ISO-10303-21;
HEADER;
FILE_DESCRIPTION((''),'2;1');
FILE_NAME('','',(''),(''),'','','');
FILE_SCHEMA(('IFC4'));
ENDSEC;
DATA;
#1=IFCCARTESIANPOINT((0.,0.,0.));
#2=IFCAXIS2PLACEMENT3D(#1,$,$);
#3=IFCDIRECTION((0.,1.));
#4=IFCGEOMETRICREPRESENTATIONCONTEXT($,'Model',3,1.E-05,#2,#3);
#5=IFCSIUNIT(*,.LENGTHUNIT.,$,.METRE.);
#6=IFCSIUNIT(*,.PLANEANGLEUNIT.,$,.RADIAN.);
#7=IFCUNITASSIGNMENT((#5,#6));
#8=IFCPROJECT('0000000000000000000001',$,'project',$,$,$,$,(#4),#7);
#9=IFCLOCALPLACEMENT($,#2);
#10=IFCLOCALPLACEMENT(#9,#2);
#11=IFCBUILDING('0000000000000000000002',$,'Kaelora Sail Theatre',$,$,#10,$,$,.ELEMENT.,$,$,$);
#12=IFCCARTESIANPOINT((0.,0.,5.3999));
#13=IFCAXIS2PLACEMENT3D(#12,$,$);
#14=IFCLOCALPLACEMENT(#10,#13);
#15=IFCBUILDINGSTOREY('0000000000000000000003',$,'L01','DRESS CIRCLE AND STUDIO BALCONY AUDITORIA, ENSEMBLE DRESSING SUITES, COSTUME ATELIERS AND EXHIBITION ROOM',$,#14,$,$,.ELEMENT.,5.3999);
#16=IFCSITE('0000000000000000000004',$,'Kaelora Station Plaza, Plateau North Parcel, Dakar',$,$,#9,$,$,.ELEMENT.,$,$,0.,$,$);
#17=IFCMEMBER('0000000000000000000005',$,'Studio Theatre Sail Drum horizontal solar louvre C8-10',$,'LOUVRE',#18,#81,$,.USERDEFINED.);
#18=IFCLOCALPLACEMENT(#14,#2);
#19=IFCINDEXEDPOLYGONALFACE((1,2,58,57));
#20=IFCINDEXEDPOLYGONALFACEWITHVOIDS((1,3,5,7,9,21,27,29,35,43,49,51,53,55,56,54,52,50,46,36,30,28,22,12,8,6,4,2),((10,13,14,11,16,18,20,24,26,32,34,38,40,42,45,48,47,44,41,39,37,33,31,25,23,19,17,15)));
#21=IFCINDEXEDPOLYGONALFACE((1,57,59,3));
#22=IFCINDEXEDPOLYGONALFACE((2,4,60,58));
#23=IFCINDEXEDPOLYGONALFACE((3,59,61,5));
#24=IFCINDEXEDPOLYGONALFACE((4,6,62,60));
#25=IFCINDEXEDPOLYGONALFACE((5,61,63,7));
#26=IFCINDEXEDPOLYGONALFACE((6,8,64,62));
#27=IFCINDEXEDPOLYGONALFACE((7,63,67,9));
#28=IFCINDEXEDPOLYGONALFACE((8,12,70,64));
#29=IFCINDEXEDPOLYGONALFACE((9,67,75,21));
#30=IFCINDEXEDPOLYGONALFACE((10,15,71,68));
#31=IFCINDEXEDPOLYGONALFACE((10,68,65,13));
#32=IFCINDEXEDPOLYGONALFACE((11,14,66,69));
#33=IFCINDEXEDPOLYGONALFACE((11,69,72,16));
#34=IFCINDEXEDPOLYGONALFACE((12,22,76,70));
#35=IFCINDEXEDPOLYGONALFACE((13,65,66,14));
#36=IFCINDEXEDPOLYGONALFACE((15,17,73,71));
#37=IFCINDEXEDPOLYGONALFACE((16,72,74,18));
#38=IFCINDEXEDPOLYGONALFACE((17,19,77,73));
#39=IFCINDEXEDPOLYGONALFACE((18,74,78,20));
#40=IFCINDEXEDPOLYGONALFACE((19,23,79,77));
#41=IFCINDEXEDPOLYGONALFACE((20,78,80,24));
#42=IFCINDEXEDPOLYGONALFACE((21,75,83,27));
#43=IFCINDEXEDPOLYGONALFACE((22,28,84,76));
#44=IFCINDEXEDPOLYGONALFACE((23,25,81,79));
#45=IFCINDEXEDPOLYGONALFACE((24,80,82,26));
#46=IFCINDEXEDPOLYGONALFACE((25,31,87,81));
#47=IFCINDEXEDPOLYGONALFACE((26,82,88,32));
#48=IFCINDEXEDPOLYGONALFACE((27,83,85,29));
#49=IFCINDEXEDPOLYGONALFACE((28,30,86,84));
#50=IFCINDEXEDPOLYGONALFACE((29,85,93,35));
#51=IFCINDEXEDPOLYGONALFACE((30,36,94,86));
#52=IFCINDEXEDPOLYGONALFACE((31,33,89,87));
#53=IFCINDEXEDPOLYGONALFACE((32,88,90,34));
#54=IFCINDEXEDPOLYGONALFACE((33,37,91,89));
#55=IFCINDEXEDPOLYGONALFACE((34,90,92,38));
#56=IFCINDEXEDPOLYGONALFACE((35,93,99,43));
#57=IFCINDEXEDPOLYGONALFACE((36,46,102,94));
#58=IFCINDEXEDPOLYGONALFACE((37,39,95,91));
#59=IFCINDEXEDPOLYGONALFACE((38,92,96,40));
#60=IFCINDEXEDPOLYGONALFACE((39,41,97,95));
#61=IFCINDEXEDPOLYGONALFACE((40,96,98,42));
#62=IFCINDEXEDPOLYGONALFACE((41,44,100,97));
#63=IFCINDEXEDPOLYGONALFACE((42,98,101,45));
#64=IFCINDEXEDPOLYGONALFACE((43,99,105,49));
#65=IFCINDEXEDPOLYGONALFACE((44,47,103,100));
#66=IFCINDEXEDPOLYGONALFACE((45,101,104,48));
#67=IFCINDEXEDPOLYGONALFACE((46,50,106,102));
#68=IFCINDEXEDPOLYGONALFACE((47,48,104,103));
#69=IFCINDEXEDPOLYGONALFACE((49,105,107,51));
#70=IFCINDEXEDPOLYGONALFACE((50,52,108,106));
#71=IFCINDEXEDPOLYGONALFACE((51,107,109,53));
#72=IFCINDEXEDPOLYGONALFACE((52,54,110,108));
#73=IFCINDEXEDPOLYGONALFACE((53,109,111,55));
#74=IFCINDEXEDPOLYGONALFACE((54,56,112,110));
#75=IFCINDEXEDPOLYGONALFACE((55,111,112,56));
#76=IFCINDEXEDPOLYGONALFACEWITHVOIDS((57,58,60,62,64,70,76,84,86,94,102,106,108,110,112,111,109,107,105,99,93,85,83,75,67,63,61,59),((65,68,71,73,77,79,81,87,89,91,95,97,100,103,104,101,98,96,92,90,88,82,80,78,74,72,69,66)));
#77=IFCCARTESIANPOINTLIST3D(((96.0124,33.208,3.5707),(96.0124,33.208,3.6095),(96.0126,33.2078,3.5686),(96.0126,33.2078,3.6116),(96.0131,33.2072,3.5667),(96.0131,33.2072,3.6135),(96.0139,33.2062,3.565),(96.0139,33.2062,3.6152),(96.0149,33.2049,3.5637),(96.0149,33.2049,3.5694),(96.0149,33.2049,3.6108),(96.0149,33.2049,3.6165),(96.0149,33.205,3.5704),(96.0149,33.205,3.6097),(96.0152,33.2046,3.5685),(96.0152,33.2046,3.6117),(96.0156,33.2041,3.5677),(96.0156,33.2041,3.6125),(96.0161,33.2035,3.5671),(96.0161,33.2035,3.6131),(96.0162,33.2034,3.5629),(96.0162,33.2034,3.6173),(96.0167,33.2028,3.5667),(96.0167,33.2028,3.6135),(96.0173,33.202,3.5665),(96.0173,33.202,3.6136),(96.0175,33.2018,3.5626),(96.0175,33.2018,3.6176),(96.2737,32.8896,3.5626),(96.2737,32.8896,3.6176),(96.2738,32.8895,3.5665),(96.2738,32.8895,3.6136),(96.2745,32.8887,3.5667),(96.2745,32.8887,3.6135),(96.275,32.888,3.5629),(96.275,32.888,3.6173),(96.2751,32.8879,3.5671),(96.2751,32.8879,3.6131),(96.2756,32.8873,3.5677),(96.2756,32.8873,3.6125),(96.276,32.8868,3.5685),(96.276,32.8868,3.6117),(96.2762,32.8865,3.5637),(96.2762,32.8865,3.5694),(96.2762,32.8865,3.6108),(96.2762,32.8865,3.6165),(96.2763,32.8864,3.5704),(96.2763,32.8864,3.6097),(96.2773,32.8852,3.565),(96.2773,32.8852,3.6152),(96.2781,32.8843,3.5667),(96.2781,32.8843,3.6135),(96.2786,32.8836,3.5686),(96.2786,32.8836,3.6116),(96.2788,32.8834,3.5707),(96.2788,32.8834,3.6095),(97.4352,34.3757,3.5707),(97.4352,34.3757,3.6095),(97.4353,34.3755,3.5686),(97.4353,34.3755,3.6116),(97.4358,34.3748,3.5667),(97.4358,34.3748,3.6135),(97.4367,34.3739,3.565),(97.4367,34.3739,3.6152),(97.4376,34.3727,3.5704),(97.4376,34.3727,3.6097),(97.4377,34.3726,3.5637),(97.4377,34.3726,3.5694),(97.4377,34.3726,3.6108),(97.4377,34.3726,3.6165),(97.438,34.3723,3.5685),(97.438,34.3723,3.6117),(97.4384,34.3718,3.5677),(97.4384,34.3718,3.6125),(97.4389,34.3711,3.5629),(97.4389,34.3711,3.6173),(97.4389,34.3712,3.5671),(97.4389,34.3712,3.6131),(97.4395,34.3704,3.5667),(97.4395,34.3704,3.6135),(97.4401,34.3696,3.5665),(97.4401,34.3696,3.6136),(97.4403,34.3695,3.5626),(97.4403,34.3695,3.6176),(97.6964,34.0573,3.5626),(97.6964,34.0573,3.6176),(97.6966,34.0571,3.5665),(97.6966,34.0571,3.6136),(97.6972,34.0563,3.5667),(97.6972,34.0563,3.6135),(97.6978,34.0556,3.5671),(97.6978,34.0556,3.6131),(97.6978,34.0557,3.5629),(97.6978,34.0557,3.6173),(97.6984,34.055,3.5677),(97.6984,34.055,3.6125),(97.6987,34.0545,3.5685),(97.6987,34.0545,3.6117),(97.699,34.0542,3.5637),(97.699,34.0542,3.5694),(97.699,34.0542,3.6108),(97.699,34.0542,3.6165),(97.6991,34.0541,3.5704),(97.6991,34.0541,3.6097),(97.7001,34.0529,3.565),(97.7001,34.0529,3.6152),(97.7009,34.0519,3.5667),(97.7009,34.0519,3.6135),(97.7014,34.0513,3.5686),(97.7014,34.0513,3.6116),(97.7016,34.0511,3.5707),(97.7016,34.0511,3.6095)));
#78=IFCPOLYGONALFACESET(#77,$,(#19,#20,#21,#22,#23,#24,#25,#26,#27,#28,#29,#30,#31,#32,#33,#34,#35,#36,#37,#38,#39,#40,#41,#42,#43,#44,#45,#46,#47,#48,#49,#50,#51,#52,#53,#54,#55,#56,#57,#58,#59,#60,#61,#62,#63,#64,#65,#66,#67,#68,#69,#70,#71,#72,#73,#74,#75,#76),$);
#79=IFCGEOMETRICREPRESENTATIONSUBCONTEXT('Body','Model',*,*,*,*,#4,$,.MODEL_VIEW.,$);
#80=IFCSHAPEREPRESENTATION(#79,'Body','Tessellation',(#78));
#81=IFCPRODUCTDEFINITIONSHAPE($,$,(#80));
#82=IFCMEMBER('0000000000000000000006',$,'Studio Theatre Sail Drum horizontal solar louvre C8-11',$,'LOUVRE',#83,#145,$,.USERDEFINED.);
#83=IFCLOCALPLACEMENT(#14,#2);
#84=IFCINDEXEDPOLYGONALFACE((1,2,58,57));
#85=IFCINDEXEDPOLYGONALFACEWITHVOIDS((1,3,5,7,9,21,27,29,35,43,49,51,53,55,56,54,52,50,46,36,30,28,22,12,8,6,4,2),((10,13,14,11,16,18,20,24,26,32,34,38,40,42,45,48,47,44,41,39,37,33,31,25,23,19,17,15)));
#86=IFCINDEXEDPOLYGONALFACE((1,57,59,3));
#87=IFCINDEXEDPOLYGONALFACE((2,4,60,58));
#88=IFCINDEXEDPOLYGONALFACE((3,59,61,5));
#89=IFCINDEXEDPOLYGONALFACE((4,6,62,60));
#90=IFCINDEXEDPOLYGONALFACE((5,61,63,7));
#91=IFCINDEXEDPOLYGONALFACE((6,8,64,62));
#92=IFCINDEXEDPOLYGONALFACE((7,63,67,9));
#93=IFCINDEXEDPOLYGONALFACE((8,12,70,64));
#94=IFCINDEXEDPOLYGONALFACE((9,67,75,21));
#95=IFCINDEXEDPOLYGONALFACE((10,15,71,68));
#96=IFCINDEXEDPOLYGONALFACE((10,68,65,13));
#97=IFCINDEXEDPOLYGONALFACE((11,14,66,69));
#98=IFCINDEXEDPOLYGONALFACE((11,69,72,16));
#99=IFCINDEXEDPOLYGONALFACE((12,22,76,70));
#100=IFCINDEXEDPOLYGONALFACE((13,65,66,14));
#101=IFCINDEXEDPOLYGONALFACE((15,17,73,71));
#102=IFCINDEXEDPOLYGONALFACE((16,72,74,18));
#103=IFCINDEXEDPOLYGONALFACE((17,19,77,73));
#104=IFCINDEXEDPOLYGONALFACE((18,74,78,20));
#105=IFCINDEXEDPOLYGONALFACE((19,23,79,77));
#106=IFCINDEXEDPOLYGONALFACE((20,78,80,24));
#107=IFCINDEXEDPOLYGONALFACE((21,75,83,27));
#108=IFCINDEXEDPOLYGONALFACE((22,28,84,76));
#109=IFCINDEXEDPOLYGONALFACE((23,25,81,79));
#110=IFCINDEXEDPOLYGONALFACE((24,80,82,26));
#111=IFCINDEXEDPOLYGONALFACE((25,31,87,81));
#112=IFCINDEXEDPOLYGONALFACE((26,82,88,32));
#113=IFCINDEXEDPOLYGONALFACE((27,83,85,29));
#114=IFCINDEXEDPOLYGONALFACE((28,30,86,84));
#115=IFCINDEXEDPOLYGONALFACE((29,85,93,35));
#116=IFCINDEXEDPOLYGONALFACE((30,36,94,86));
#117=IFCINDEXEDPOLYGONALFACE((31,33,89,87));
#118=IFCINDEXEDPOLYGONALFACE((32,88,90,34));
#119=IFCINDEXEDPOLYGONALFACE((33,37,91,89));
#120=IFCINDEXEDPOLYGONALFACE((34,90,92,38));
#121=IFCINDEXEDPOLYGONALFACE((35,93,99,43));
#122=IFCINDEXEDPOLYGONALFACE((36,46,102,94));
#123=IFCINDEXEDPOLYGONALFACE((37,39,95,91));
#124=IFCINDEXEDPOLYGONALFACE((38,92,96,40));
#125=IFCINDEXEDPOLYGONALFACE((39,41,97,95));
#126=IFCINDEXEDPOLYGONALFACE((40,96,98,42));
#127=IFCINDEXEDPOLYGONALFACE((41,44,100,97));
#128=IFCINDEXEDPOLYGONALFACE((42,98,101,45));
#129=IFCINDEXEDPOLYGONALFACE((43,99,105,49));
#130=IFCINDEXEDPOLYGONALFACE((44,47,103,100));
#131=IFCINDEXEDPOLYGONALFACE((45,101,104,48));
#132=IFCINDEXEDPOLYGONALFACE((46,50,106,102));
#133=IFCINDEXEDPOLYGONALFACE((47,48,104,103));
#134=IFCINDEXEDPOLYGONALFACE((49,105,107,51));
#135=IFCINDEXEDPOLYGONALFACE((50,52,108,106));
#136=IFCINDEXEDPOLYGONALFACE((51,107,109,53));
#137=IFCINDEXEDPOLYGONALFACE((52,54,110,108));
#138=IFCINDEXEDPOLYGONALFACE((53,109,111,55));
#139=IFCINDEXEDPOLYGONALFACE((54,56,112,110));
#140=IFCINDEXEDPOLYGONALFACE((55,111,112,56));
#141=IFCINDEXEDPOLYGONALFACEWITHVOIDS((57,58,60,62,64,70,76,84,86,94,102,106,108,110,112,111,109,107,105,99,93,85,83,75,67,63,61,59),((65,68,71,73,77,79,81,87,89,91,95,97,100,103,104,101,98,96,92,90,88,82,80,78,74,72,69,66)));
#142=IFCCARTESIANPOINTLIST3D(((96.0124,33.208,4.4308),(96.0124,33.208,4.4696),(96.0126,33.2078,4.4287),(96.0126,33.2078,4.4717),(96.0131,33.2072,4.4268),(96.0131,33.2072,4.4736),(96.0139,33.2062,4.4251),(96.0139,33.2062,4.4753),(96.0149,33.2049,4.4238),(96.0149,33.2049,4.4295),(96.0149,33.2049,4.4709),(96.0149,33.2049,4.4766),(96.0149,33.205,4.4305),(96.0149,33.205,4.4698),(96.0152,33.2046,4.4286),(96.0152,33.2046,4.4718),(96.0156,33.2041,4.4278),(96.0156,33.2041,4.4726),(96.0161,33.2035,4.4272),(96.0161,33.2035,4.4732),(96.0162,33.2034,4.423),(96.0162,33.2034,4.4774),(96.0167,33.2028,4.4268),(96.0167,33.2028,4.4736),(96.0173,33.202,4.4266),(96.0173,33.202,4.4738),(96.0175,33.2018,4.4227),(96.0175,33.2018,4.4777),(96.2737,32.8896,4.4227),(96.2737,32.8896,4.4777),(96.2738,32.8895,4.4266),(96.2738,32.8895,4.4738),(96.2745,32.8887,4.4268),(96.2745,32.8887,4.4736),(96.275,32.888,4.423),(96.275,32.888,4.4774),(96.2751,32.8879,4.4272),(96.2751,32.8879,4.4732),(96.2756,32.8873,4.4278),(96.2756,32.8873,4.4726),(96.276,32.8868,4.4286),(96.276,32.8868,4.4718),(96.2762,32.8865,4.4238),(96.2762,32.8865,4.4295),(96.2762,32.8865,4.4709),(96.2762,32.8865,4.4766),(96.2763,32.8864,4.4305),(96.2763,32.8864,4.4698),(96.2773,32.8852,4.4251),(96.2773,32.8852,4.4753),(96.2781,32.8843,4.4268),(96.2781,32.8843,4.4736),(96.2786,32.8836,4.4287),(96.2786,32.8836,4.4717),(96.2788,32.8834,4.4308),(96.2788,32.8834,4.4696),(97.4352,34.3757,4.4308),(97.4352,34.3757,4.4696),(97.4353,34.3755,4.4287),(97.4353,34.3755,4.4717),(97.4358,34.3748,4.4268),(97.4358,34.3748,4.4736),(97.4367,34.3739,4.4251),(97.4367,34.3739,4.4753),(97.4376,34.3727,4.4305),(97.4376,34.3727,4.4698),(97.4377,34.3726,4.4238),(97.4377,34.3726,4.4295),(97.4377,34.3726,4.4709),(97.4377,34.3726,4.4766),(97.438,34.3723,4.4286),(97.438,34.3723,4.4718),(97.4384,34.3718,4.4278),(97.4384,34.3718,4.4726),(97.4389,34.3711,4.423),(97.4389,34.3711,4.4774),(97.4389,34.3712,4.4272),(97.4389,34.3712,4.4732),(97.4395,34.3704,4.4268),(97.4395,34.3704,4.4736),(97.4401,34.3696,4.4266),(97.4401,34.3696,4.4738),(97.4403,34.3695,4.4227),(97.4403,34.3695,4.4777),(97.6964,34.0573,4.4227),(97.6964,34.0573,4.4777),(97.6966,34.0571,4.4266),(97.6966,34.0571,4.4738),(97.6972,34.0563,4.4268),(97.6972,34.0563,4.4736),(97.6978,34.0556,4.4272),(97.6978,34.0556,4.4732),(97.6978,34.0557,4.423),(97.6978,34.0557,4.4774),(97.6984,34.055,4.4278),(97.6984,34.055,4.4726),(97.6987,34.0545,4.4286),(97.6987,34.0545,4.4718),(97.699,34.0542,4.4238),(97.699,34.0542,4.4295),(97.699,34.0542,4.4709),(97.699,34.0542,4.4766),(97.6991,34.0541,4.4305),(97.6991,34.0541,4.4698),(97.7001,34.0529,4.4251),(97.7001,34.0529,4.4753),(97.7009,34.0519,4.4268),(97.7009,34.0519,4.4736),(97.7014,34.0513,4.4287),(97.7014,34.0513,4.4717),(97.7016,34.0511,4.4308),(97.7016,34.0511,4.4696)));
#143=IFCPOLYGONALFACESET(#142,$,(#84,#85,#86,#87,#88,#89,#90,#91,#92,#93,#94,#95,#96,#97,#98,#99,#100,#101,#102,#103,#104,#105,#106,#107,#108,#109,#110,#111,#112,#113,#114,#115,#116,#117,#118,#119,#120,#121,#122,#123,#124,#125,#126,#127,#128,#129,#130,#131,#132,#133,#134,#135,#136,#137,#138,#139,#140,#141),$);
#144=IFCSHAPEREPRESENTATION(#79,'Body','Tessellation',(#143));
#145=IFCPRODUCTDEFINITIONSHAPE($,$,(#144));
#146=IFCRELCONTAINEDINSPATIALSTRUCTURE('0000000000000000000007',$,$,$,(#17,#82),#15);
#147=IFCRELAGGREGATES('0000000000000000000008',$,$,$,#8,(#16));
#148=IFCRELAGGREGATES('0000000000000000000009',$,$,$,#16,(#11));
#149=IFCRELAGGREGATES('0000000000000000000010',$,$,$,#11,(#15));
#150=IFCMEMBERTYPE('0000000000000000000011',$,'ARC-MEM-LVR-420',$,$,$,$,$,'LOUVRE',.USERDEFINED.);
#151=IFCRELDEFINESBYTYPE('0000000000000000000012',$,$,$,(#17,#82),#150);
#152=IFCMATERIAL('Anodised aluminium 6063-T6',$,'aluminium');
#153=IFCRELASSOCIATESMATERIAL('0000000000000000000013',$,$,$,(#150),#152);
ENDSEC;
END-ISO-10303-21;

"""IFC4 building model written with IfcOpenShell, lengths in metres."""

from ifc_helpers import new_model, si_unit, direction, frame, origin, origin_2d, place, context, subcontext, project, spatial, hollow_rectangle, extrude, material, material_profile, profile_set, type_object, element, save


model = new_model("IFC4")

# Units and contexts
model_context = context("Model", 3, precision=1e-05, world=origin(), true_north=direction((0.0, 1.0)))
body_context = subcontext(model_context, "Body", "Model", "MODEL_VIEW")
ifc_project = project(units=[si_unit("LENGTHUNIT", "METRE"), si_unit("PLANEANGLEUNIT", "RADIAN")], contexts=[model_context])

# Site, building, storey
site_placement = place(None, origin())
site = spatial("IfcSite", under=ifc_project, at=site_placement, Name="Kaelora Station Plaza, Plateau North Parcel, Dakar", CompositionType="ELEMENT", RefElevation=0.0)
building_placement = place(site_placement, origin())
building = spatial("IfcBuilding", under=site, at=building_placement, Name="Kaelora Sail Theatre", CompositionType="ELEMENT")
storey_placement = place(building_placement, frame((0.0, 0.0, 5.3999)))
storey = spatial("IfcBuildingStorey", under=building, at=storey_placement, Name="L01", Description="DRESS CIRCLE AND STUDIO BALCONY AUDITORIA, ENSEMBLE DRESSING SUITES, COSTUME ATELIERS AND EXHIBITION ROOM", CompositionType="ELEMENT", Elevation=5.3999)

# Members
ifc_material_1 = material(Name="Anodised aluminium 6063-T6", Category="aluminium")
ifc_material_profile_1 = material_profile(ifc_material_1, hollow_rectangle(XDim=0.4199, YDim=0.0549, WallThickness=0.0039, InnerFilletRadius=0.0039, OuterFilletRadius=0.0081, at=origin_2d()), Name="LOUVRE 420x55x4")
ifc_profile_set_1 = profile_set([ifc_material_profile_1], Name="Anodised aluminium 6063-T6")
member_type = type_object("IfcMemberType", Name="ARC-MEM-LVR-420", ElementType="LOUVRE", PredefinedType="USERDEFINED", material=ifc_profile_set_1)
for number, where, z_axis, x_axis, name in (
    (1, (97.5684, 34.2134, 3.5901), (-0.773005, -0.6344, 0.0), (0.6344, -0.773005, 0.0), "Studio Theatre Sail Drum horizontal solar louvre C8-10"),
    (2, (97.5684, 34.2134, 4.4502), (-0.773005, -0.6344, 0.0), (0.6344, -0.773005, 0.0), "Studio Theatre Sail Drum horizontal solar louvre C8-11"),
):
    element("IfcMember", number, at=place(storey_placement, frame(where, z_axis=z_axis, x_axis=x_axis)), inside=storey, type_object=member_type, Name=name, ObjectType="LOUVRE", PredefinedType="USERDEFINED", context=body_context, shape_type="SweptSolid", body=[
        extrude(hollow_rectangle(XDim=0.4199, YDim=0.0549, WallThickness=0.0039, InnerFilletRadius=0.0039, OuterFilletRadius=0.0081, at=origin_2d()), origin(), (0.0, 0.0, 1.0), 1.8406),
    ])

save(model, "model.ifc")
